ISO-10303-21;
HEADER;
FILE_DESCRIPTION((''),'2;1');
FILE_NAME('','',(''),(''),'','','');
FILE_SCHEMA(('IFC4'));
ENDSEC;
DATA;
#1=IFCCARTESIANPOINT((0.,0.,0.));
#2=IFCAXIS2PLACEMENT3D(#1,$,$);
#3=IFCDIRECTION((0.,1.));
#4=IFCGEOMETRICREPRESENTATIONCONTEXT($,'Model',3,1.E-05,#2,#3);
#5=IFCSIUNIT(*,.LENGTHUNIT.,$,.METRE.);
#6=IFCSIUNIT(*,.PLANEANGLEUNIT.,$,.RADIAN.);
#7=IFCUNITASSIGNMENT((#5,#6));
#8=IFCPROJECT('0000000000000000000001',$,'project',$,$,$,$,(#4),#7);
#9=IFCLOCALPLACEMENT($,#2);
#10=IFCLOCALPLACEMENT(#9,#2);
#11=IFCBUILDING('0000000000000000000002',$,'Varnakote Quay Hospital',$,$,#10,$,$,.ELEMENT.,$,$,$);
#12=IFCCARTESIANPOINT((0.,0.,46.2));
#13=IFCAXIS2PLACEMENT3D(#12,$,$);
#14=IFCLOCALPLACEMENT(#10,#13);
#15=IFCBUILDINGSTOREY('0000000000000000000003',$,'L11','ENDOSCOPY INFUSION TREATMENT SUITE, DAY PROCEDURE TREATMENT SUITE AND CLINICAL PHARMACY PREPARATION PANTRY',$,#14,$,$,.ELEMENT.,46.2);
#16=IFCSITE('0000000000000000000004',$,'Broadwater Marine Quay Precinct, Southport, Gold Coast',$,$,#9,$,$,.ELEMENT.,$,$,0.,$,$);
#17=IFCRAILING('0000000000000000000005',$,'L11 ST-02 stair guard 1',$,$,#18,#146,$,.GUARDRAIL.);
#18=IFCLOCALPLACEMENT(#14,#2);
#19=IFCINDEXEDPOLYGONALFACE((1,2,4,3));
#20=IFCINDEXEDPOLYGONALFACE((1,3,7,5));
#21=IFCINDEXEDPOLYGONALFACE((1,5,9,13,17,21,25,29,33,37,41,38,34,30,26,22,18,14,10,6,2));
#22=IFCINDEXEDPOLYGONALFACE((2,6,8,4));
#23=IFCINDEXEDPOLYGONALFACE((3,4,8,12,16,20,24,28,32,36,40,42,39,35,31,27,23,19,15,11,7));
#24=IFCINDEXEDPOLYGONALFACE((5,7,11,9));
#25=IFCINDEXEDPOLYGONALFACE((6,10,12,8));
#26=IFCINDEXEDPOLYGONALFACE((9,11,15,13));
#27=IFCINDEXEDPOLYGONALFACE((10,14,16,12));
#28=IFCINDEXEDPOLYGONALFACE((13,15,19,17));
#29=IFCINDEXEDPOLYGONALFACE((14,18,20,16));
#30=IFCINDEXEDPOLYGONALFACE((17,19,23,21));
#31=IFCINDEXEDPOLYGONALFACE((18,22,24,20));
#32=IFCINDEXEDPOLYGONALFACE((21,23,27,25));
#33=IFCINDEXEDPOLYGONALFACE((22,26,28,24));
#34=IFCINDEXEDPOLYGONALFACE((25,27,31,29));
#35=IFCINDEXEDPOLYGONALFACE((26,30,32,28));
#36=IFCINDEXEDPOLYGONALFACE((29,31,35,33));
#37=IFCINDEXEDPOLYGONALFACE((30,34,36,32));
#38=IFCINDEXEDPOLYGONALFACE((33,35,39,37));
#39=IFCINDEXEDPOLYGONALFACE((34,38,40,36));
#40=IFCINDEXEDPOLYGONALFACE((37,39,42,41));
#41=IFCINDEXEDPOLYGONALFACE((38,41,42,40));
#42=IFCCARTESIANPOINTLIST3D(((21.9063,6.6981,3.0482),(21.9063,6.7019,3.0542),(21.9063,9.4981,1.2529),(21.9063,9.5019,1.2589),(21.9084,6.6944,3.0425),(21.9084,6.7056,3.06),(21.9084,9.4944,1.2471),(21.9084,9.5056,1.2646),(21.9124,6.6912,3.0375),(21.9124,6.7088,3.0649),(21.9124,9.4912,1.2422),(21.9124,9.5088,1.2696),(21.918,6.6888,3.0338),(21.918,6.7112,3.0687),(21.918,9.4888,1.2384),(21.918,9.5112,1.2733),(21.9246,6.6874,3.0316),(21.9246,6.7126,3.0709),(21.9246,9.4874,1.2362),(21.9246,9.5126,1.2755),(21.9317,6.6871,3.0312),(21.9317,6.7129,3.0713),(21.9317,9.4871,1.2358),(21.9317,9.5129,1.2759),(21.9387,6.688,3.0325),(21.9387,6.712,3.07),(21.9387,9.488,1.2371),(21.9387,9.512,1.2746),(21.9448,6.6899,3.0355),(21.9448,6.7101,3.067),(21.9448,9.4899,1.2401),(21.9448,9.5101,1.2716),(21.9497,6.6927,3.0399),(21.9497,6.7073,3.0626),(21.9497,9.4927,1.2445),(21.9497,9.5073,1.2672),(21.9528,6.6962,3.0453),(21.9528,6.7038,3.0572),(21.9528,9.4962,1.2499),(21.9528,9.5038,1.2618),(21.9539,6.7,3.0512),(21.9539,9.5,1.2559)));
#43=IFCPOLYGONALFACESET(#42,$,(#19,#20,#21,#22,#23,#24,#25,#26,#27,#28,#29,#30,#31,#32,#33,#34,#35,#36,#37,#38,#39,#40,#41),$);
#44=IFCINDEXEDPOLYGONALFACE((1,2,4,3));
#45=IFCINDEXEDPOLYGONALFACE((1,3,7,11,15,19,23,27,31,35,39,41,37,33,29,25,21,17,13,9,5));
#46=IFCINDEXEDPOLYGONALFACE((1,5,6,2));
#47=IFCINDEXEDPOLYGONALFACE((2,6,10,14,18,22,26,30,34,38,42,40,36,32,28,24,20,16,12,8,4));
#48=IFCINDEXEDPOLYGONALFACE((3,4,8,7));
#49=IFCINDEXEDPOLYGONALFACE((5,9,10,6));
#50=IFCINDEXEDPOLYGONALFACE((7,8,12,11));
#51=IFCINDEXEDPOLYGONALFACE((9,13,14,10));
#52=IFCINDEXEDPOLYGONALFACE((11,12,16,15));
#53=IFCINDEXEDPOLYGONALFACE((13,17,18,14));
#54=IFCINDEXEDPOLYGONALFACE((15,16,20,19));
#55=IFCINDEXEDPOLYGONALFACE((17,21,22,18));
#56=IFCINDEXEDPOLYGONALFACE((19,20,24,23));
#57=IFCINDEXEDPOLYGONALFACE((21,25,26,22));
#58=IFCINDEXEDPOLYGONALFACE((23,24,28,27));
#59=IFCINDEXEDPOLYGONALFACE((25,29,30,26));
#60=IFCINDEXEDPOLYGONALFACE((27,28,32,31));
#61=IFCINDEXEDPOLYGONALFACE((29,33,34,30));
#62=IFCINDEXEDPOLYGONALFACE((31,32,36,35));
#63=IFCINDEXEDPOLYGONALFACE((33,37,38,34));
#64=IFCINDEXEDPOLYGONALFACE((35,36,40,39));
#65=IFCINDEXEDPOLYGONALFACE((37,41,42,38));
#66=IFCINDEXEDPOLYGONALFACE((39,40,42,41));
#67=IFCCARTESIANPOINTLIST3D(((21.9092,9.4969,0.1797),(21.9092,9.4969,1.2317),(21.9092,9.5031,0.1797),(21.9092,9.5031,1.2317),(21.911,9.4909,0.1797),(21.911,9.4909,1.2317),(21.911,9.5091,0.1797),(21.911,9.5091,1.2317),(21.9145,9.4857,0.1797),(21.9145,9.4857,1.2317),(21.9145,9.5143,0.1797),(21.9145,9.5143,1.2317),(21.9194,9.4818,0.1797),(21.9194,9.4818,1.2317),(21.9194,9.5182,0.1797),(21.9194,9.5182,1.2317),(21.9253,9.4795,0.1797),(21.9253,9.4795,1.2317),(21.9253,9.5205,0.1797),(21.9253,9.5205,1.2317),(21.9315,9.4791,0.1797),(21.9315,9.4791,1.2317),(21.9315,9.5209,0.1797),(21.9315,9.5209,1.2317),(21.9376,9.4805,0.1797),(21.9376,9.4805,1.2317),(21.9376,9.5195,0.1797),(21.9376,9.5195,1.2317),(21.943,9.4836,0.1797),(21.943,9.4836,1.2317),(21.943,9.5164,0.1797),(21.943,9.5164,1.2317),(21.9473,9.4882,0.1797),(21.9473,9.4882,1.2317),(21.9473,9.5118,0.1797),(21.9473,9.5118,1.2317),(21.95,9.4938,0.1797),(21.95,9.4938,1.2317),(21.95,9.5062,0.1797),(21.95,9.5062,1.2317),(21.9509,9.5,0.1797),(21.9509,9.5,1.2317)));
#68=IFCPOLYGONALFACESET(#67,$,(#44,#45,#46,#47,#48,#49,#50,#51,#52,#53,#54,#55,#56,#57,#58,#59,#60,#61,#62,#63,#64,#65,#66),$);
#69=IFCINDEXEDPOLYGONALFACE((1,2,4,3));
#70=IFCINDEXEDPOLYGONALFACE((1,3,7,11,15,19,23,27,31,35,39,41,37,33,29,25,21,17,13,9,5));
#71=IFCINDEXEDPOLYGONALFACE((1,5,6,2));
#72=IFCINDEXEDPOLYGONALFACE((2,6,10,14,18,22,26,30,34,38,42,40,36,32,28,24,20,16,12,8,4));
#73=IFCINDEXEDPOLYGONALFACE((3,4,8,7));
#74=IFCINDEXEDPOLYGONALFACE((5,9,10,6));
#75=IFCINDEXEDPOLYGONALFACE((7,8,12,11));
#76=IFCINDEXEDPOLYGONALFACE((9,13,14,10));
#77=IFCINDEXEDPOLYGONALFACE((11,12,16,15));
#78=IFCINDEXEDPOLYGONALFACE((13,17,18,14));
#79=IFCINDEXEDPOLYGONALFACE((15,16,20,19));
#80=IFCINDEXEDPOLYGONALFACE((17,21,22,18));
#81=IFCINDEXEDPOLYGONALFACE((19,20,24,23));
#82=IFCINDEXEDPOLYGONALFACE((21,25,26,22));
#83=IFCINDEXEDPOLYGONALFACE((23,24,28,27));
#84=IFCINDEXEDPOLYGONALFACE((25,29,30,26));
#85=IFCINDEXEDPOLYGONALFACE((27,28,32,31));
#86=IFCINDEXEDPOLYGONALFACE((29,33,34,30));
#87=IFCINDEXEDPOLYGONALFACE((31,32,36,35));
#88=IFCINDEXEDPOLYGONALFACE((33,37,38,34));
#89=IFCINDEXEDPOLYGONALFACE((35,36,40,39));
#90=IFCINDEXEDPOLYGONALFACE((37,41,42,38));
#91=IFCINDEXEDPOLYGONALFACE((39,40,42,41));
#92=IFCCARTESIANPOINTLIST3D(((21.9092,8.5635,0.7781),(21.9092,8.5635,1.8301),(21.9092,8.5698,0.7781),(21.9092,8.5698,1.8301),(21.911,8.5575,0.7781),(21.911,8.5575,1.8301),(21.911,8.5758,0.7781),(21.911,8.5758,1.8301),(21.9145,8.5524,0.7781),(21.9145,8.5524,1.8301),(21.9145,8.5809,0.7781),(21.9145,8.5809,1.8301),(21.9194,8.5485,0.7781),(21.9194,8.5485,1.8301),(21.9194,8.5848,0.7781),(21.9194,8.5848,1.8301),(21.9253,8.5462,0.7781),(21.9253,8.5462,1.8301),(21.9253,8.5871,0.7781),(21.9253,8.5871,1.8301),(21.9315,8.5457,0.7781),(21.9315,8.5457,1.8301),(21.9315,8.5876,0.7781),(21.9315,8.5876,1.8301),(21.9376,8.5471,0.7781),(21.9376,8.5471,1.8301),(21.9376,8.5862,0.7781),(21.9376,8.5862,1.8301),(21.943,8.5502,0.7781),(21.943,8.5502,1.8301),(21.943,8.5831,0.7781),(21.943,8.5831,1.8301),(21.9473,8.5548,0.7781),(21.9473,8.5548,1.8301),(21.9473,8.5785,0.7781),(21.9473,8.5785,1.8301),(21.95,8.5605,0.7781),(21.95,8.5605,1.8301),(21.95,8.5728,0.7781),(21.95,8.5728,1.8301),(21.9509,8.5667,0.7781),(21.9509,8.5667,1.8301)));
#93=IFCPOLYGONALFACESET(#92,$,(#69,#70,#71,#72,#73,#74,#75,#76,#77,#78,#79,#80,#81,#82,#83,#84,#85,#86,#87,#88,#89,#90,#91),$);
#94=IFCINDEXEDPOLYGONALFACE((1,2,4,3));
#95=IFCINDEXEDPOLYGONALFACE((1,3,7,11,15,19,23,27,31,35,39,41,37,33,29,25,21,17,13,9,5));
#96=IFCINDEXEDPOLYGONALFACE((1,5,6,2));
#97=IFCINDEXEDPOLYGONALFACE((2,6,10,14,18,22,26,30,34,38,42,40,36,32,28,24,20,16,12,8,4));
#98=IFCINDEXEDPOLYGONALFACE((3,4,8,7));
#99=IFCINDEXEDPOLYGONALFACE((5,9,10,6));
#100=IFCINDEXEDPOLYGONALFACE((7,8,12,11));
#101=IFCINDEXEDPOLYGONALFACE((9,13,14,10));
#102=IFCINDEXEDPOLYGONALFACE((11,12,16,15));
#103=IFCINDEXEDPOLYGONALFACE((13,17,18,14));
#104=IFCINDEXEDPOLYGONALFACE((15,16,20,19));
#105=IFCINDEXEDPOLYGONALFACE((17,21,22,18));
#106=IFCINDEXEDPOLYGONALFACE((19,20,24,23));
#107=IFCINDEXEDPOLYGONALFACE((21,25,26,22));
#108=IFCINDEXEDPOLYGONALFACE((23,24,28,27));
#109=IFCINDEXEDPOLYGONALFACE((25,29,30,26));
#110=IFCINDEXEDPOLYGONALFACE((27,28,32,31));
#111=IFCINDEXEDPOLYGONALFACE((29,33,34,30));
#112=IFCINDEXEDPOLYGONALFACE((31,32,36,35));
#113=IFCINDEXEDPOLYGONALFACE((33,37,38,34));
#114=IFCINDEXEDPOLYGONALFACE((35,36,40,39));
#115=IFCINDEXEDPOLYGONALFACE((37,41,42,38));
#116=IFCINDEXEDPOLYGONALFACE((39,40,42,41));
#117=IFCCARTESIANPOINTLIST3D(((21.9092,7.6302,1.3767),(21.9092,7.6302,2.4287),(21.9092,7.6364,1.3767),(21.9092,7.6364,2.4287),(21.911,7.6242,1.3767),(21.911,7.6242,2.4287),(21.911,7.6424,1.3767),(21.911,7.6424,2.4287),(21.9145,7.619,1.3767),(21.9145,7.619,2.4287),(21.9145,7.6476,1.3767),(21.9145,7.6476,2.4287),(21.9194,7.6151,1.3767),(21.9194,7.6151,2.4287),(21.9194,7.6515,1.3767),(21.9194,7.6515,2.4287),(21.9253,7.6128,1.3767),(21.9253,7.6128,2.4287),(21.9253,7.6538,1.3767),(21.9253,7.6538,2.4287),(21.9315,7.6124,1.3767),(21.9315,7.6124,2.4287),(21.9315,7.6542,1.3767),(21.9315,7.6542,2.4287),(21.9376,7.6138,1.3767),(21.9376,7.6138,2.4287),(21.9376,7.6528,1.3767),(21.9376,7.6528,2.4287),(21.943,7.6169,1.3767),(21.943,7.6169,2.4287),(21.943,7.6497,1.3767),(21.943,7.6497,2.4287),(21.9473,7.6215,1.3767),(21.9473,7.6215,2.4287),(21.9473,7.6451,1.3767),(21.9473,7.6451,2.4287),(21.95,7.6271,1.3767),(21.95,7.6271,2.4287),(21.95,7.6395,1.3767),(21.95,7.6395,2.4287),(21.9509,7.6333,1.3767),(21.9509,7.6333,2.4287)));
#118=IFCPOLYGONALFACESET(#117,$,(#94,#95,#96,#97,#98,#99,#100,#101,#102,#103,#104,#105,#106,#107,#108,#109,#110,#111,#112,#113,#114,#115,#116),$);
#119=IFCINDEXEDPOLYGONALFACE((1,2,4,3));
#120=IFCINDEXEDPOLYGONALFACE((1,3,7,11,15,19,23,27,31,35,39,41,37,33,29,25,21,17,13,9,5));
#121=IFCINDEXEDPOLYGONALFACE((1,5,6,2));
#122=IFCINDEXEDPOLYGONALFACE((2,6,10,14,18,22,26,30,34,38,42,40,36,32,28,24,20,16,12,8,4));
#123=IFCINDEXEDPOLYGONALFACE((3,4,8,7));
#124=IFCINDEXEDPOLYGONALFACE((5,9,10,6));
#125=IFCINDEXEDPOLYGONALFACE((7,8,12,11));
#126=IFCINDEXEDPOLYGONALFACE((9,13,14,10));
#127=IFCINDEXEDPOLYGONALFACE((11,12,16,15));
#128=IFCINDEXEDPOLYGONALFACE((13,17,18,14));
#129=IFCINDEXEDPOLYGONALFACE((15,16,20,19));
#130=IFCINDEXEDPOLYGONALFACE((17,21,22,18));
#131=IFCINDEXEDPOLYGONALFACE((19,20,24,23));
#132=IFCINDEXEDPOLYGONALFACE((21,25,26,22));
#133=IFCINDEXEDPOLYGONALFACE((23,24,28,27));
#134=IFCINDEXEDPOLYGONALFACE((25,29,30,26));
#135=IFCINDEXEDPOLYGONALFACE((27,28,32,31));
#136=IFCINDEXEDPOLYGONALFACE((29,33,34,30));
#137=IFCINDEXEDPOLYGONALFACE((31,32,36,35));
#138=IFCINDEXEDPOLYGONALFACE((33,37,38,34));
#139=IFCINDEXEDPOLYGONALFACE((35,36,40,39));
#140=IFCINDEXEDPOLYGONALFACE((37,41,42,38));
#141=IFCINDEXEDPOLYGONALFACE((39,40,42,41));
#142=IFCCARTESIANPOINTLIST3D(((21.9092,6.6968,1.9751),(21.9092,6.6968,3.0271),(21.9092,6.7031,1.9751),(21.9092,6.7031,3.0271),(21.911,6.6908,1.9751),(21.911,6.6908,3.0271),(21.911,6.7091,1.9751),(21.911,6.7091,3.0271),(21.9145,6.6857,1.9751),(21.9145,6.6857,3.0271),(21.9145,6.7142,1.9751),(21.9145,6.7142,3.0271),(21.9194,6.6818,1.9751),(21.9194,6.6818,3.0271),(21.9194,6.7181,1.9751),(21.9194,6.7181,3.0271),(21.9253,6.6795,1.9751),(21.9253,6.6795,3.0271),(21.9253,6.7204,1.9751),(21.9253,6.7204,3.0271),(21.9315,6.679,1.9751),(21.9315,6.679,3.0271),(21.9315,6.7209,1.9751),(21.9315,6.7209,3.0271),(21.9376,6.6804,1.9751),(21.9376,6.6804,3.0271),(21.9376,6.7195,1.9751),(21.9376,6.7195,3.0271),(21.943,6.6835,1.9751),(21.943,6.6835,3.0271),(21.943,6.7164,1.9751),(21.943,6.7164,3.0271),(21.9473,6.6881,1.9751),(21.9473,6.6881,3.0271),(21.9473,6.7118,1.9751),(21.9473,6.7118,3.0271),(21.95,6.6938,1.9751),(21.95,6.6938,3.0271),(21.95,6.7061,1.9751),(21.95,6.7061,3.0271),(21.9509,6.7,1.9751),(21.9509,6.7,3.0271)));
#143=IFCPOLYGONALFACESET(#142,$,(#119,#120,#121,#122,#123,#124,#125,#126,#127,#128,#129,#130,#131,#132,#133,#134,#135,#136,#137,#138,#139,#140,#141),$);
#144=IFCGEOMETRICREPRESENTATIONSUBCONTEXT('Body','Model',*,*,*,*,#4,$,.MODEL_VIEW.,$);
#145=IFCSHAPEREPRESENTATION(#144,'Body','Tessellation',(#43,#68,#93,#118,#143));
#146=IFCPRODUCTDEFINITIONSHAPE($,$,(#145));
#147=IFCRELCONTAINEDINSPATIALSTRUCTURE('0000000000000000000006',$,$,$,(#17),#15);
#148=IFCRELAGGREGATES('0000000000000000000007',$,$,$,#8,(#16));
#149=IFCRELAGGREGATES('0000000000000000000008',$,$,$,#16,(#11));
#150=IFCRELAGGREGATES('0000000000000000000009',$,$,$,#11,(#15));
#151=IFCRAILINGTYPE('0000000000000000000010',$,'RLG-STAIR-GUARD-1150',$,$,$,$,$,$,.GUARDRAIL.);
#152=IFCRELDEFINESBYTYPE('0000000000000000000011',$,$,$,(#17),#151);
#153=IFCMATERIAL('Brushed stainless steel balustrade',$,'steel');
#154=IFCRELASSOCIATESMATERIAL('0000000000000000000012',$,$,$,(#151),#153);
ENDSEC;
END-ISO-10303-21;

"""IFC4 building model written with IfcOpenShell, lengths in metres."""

from ifc_helpers import new_model, si_unit, direction, frame, origin, origin_2d, place, context, subcontext, project, spatial, circle, extrude, material, type_object, element, save


model = new_model("IFC4")

# Units and contexts
model_context = context("Model", 3, precision=1e-05, world=origin(), true_north=direction((0.0, 1.0)))
body_context = subcontext(model_context, "Body", "Model", "MODEL_VIEW")
ifc_project = project(units=[si_unit("LENGTHUNIT", "METRE"), si_unit("PLANEANGLEUNIT", "RADIAN")], contexts=[model_context])

# Site, building, storey
site_placement = place(None, origin())
site = spatial("IfcSite", under=ifc_project, at=site_placement, Name="Broadwater Marine Quay Precinct, Southport, Gold Coast", CompositionType="ELEMENT", RefElevation=0.0)
building_placement = place(site_placement, origin())
building = spatial("IfcBuilding", under=site, at=building_placement, Name="Varnakote Quay Hospital", CompositionType="ELEMENT")
storey_placement = place(building_placement, frame((0.0, 0.0, 46.2)))
storey = spatial("IfcBuildingStorey", under=building, at=storey_placement, Name="L11", Description="ENDOSCOPY INFUSION TREATMENT SUITE, DAY PROCEDURE TREATMENT SUITE AND CLINICAL PHARMACY PREPARATION PANTRY", CompositionType="ELEMENT", Elevation=46.2)

# Railing
ifc_material_1 = material(Name="Brushed stainless steel balustrade", Category="steel")
railing_type_1 = type_object("IfcRailingType", Name="RLG-STAIR-GUARD-1150", PredefinedType="GUARDRAIL", material=ifc_material_1)
railing_1_placement = place(storey_placement, frame((21.9299, 9.5, 0.1797)))
element("IfcRailing", 1, at=railing_1_placement, inside=storey, type_object=railing_type_1, Name="L11 ST-02 stair guard 1", PredefinedType="GUARDRAIL", context=body_context, shape_type="SweptSolid", body=[
    extrude(circle(Radius=0.0239, at=origin_2d()), frame((0.0, 0.0, 1.0762), z_axis=(0.0, -0.84181, 0.539774), x_axis=(1.0, 0.0, 0.0)), (0.0, 0.0, 1.0), 3.3262),
    extrude(circle(Radius=0.021, at=origin_2d()), origin(), (0.0, 0.0, 1.0), 1.052),
    extrude(circle(Radius=0.021, at=origin_2d()), frame((0.0, -0.9333, 0.5984)), (0.0, 0.0, 1.0), 1.052),
    extrude(circle(Radius=0.021, at=origin_2d()), frame((0.0, -1.8667, 1.197)), (0.0, 0.0, 1.0), 1.052),
    extrude(circle(Radius=0.021, at=origin_2d()), frame((0.0, -2.8, 1.7954)), (0.0, 0.0, 1.0), 1.052),
])

save(model, "model.ifc")
